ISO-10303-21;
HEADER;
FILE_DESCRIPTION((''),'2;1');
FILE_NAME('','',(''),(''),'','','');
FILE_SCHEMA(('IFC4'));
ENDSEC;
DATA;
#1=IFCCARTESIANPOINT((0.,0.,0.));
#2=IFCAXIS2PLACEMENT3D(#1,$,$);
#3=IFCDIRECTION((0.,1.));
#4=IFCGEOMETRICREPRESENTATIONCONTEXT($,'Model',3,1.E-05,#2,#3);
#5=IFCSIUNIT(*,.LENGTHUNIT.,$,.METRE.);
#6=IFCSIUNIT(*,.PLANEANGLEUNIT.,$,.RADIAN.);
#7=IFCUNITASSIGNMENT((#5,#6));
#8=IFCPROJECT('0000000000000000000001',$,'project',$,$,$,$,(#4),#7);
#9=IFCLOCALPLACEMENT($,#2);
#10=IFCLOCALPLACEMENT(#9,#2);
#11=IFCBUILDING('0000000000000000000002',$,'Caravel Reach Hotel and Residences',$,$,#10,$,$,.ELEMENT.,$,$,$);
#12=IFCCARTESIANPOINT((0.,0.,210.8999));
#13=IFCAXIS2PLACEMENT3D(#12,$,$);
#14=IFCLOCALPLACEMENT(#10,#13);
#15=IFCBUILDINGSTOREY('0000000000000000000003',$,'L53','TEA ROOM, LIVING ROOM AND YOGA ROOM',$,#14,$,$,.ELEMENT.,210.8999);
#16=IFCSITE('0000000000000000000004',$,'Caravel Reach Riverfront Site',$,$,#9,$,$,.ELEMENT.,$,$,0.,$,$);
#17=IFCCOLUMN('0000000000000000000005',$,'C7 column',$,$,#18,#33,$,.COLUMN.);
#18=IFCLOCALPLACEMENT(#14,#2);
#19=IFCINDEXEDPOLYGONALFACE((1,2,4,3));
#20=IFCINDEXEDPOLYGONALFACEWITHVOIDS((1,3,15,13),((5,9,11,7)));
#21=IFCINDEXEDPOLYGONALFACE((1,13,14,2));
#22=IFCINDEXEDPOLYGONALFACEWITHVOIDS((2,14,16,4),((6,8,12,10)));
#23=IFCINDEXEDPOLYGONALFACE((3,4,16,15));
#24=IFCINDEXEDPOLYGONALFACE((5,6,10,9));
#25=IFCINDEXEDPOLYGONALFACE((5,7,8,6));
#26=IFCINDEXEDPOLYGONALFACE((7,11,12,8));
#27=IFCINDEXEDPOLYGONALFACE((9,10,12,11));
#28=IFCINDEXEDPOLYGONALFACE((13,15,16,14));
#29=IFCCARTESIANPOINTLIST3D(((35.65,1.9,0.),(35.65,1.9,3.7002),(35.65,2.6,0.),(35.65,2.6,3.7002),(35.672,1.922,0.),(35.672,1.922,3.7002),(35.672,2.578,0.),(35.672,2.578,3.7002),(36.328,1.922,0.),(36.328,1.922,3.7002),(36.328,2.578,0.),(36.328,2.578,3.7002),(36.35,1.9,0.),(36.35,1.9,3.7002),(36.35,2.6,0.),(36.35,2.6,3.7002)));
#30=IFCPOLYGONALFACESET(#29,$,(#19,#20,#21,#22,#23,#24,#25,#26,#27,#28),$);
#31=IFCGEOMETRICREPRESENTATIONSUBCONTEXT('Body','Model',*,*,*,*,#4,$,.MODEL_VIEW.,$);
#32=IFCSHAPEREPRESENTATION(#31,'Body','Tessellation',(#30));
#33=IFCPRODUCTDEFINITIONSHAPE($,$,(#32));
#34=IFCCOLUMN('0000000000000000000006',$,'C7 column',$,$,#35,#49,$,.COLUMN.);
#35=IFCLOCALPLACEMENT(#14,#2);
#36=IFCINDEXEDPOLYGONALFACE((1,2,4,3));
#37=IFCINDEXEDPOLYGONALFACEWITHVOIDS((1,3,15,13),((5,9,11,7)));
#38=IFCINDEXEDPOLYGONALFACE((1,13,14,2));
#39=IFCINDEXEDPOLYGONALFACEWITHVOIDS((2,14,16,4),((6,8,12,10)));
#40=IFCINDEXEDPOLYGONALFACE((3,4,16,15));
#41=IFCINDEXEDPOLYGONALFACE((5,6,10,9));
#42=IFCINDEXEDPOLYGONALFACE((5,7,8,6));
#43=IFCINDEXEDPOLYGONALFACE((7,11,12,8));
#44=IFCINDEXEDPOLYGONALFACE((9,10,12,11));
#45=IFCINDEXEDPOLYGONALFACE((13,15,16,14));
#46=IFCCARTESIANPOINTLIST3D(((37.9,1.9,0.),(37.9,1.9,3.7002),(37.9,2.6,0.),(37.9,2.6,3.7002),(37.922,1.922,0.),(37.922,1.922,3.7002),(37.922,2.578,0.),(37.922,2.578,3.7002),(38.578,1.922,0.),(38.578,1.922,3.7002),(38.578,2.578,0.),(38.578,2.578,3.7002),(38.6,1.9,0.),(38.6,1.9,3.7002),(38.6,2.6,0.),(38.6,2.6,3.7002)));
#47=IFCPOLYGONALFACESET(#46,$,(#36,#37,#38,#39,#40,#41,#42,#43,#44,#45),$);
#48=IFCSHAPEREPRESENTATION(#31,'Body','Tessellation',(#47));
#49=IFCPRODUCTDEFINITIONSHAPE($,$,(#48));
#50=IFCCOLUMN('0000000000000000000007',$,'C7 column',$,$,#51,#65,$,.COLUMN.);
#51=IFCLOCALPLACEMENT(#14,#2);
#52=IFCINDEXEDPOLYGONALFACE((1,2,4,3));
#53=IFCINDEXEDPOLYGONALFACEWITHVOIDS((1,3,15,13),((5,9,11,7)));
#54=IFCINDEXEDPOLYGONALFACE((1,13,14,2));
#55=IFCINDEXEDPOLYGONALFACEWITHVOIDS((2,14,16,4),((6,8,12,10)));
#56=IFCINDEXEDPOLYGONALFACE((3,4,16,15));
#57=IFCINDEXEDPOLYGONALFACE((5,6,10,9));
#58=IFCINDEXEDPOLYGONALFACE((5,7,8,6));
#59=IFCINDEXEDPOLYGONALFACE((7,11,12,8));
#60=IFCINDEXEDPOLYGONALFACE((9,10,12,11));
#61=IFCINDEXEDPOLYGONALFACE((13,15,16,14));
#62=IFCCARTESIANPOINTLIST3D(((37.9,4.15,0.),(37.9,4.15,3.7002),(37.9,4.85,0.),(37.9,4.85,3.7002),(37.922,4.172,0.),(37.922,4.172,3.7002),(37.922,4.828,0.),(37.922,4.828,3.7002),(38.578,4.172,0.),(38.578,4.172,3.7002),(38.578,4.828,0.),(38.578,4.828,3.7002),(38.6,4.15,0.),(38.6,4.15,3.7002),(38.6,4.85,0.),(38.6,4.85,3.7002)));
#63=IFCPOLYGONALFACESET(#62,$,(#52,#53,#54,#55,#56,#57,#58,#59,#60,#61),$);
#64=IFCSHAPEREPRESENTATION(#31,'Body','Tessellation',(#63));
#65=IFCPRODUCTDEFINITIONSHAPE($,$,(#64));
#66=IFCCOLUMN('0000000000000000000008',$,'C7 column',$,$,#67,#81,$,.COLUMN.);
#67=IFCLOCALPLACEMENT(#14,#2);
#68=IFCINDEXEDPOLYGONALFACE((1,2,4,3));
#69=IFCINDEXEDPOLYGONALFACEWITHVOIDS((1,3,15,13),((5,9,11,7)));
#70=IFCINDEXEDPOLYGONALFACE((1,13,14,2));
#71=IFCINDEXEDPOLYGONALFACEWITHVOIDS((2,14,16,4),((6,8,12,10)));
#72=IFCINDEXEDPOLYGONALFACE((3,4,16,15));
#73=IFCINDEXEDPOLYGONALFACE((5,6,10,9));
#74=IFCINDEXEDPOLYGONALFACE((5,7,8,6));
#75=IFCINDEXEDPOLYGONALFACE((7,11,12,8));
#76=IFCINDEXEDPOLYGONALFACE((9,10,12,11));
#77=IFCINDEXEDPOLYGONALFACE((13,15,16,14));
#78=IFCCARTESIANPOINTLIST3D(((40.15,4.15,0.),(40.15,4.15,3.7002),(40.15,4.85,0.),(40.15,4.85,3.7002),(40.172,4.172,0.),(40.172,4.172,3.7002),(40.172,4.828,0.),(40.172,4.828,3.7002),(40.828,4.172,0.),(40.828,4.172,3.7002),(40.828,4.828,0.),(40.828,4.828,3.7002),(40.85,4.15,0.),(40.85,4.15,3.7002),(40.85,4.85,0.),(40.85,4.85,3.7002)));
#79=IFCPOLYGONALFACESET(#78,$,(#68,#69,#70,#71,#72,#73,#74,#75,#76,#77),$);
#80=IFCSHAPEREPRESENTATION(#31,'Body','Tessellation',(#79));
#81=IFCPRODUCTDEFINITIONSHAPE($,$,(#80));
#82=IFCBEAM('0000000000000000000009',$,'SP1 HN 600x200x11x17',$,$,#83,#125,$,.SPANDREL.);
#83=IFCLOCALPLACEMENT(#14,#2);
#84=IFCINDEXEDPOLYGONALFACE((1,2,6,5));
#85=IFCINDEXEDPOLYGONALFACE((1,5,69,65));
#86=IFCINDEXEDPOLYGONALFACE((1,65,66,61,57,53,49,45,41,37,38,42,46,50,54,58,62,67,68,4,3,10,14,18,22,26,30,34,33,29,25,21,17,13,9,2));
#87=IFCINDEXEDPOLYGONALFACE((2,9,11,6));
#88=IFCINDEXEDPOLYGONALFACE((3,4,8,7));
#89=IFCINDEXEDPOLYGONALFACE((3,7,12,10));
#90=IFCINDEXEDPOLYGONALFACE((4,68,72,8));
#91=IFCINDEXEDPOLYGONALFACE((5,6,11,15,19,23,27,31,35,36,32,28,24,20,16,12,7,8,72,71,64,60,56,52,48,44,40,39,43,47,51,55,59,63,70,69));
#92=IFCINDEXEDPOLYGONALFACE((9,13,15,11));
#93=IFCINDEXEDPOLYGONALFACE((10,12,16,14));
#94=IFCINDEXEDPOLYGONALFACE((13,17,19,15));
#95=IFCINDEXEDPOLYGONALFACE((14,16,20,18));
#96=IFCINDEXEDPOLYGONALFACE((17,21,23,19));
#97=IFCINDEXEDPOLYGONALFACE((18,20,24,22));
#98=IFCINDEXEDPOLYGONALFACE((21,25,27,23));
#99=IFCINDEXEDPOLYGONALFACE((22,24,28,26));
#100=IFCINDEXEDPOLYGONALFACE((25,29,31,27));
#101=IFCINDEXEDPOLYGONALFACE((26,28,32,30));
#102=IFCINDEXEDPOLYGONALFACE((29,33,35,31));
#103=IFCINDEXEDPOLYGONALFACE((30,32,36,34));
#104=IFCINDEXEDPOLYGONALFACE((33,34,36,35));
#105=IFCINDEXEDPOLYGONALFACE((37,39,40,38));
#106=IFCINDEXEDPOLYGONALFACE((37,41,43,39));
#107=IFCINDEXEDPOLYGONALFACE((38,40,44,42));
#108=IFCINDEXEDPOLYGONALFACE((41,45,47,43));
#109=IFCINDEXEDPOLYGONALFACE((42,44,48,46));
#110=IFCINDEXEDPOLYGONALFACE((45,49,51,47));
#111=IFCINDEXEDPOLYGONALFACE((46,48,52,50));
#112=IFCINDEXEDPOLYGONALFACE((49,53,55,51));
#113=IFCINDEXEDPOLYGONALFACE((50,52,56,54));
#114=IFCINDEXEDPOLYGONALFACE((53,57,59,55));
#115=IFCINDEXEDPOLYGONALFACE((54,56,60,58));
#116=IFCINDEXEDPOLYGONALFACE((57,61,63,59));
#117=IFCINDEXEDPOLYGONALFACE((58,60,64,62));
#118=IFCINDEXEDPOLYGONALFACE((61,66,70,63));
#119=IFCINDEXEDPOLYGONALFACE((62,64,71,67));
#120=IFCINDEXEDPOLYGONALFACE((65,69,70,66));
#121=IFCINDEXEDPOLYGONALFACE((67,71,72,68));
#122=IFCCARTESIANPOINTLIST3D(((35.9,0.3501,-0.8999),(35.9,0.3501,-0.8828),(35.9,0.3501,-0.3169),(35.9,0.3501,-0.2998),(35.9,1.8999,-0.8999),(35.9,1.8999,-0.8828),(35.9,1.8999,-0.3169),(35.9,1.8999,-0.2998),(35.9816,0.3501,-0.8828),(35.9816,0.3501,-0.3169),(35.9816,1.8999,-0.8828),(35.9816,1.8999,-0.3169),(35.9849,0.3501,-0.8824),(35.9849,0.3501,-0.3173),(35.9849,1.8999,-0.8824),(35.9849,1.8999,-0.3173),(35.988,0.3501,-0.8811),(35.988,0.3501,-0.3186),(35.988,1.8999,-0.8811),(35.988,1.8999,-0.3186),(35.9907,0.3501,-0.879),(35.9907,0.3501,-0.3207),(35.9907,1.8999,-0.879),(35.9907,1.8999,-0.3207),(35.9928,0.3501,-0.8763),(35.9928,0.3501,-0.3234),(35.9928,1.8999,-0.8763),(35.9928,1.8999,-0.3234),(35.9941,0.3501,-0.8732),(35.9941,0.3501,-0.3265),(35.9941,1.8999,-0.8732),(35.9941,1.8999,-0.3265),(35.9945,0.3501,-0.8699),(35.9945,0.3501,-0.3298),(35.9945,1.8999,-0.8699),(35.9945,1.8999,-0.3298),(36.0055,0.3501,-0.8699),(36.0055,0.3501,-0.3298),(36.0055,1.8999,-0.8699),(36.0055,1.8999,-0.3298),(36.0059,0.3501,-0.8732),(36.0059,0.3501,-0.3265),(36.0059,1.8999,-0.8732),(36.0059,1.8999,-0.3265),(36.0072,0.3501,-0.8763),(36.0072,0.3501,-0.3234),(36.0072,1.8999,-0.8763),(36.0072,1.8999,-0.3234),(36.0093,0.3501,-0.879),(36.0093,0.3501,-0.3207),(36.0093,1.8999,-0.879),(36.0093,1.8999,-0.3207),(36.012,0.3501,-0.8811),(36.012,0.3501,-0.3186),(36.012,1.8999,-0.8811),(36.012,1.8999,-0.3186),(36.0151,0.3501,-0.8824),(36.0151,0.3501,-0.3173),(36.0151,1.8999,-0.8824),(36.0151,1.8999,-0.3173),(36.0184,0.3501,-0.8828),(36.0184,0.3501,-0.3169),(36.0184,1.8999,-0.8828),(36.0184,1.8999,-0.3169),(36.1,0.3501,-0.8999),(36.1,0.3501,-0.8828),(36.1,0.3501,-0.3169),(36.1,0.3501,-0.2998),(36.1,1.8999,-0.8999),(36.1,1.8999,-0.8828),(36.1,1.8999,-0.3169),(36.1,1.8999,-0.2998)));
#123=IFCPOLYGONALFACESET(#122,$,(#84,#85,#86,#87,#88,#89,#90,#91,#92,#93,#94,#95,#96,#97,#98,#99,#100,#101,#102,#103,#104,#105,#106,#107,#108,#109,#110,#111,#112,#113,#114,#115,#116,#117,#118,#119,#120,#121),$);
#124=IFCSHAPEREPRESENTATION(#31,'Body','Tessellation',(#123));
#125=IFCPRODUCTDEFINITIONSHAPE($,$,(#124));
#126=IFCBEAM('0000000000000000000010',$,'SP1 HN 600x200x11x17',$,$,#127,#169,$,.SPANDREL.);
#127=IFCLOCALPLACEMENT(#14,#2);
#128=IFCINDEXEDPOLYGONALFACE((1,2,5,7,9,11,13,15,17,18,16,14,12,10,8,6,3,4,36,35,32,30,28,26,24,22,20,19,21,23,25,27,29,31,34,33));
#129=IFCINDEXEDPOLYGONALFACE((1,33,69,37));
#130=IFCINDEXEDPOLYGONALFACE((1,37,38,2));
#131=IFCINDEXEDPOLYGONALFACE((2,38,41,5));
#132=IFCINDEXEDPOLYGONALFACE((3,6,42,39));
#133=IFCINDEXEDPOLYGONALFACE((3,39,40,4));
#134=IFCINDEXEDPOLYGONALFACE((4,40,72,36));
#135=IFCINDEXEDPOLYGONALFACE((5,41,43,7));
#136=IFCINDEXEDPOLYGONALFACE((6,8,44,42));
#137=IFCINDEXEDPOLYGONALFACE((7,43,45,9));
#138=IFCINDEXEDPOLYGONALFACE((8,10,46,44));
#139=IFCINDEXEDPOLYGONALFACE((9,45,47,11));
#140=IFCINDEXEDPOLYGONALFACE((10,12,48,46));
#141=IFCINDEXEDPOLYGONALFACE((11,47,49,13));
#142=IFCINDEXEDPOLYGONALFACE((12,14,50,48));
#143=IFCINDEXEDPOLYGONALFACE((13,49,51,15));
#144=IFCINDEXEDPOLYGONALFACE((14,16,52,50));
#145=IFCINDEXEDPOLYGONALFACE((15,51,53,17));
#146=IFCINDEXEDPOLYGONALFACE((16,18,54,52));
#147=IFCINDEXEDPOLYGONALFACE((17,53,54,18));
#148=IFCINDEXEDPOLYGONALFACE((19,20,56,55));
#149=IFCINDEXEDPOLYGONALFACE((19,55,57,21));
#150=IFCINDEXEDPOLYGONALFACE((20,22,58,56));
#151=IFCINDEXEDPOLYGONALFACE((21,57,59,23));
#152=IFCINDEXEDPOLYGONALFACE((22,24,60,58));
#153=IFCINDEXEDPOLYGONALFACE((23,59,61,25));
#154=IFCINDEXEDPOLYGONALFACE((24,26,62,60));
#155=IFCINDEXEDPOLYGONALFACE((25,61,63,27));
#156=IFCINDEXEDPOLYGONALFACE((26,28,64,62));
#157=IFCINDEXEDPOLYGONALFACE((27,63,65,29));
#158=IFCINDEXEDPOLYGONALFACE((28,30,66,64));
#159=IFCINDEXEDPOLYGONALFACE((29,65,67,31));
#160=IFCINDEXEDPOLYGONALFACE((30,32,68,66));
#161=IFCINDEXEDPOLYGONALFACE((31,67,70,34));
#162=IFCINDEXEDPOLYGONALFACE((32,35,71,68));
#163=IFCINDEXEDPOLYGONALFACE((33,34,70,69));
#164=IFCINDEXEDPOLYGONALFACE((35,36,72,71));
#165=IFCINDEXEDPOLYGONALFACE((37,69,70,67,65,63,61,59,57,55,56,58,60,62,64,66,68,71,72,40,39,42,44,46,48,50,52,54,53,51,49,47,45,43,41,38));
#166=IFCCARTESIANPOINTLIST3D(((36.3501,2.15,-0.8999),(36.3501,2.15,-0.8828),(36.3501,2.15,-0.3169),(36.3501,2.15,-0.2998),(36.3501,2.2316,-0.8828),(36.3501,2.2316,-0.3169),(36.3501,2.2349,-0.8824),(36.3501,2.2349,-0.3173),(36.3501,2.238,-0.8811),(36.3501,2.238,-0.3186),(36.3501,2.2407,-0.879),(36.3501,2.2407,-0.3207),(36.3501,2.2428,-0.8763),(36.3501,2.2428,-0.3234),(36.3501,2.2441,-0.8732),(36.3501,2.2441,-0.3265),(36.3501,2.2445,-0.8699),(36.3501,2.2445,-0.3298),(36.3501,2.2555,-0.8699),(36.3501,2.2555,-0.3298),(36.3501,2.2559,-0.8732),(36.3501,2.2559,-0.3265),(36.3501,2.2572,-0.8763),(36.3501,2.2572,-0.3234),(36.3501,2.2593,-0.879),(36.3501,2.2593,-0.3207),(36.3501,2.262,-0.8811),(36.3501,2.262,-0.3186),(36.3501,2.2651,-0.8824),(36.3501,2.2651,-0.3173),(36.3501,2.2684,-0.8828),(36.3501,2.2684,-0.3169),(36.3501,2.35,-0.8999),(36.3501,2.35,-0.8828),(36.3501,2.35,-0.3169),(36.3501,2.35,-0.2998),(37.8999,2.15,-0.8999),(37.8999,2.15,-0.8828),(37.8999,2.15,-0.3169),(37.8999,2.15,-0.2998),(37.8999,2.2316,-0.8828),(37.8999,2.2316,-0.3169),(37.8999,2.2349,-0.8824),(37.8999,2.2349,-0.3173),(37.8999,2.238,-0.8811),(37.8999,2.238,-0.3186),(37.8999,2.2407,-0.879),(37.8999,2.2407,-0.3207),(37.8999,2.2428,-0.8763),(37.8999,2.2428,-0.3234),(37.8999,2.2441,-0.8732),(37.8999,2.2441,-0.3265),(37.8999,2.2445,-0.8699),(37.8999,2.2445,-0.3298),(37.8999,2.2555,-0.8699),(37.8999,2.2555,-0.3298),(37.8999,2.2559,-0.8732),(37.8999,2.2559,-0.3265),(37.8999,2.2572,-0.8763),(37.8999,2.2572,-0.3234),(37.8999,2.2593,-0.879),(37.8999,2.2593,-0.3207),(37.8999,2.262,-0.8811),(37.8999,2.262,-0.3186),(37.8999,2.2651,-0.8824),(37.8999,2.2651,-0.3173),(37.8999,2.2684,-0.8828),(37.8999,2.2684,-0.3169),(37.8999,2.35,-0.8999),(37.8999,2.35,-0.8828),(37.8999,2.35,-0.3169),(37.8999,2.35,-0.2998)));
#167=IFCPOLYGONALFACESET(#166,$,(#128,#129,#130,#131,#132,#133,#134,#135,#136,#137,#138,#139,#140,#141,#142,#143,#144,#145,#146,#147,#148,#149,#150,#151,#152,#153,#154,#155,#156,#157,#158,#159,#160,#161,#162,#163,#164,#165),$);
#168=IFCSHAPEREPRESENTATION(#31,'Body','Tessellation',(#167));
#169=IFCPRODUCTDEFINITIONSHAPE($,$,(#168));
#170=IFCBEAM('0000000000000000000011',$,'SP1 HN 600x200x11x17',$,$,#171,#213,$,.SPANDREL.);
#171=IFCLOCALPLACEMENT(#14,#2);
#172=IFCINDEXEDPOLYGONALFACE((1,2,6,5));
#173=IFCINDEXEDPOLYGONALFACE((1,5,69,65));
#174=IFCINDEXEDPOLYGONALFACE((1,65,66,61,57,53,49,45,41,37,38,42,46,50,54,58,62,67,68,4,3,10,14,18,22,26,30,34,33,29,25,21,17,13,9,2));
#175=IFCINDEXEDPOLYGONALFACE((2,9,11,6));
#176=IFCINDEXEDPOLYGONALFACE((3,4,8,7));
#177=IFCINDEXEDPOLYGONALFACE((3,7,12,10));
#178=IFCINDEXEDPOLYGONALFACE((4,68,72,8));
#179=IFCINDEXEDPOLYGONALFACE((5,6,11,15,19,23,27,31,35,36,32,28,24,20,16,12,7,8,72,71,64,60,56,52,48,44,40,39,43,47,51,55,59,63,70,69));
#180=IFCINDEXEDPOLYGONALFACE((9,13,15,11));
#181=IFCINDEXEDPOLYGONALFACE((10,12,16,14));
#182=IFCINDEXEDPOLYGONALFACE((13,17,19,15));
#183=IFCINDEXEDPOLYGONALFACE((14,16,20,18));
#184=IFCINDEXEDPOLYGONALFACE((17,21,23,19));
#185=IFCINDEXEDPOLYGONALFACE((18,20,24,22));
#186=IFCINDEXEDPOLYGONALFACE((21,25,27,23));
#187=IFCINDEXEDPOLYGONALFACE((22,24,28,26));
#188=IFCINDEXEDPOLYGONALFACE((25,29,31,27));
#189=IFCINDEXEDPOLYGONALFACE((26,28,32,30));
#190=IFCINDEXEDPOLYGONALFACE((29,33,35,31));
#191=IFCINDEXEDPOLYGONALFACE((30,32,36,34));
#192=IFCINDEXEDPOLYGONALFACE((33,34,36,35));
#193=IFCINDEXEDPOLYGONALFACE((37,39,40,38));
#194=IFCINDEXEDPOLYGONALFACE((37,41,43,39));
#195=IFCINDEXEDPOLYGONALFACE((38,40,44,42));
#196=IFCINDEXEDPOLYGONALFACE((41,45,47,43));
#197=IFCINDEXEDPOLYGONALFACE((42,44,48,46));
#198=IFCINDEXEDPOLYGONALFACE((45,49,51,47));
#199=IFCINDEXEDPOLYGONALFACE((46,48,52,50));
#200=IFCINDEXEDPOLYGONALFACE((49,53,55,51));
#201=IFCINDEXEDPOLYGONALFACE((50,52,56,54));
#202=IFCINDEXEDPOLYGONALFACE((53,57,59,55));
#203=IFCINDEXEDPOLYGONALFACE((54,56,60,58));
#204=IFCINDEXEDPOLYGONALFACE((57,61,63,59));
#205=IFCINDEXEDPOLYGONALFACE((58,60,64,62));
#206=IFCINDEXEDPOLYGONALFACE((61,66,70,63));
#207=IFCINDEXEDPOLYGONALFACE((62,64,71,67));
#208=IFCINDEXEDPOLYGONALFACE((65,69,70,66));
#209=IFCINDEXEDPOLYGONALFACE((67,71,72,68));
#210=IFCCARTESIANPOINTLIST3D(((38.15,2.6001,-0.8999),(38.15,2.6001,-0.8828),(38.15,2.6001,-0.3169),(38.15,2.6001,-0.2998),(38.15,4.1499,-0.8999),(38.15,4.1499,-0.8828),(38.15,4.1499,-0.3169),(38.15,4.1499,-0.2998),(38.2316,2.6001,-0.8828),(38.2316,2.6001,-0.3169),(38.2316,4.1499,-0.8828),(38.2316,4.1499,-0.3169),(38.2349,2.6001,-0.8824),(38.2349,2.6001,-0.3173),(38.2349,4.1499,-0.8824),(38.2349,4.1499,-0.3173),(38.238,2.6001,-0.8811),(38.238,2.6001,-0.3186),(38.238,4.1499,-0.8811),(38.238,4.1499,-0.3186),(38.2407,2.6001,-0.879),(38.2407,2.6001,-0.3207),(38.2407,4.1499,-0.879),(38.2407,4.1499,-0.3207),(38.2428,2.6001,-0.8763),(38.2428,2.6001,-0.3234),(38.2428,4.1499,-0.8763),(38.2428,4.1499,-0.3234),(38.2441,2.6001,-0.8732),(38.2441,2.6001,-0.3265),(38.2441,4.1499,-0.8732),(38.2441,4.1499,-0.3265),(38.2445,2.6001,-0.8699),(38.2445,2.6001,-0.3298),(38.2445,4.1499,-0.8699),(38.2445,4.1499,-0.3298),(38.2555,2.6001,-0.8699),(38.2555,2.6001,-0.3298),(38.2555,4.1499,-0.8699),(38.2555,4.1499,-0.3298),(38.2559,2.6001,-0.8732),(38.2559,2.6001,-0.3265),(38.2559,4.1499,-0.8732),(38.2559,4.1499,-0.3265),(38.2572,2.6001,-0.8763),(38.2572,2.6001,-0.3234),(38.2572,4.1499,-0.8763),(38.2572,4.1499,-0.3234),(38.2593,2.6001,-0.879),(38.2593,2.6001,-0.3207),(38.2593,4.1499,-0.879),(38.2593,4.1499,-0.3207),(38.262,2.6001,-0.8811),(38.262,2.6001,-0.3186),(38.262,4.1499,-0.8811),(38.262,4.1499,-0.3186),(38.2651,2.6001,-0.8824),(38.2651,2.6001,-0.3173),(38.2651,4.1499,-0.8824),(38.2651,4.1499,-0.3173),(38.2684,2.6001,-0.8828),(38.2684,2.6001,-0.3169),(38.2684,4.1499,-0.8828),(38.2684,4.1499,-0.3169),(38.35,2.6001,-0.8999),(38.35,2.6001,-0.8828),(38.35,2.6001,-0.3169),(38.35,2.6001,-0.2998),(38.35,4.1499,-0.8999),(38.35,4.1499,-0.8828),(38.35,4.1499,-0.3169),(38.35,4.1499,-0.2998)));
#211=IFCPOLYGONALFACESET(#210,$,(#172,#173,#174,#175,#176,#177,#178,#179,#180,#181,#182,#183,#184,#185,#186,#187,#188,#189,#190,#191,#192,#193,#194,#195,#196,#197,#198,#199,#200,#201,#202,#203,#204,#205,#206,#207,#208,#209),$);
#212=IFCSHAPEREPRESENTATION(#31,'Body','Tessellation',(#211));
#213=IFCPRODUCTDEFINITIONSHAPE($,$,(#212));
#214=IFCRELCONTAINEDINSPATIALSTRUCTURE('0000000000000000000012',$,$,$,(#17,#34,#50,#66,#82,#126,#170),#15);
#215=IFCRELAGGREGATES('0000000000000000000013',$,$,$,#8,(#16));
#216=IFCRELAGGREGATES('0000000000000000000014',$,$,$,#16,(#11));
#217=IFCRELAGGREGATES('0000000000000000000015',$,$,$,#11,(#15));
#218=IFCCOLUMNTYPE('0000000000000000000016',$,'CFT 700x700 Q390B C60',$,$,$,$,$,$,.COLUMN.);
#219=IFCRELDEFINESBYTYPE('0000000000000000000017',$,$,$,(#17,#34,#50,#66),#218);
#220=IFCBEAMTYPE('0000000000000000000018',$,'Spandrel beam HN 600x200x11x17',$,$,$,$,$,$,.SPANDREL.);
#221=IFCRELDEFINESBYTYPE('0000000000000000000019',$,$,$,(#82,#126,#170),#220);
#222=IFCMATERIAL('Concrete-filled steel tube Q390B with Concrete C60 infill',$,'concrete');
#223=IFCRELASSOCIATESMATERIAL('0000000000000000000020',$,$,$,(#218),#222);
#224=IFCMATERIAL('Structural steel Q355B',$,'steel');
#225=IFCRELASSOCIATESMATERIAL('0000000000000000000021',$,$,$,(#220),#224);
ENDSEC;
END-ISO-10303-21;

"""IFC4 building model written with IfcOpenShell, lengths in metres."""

from ifc_helpers import new_model, si_unit, direction, frame, origin, origin_2d, place, context, subcontext, project, spatial, hollow_rectangle, i_section, extrude, material, material_profile, profile_set, type_object, element, save


model = new_model("IFC4")

# Units and contexts
model_context = context("Model", 3, precision=1e-05, world=origin(), true_north=direction((0.0, 1.0)))
body_context = subcontext(model_context, "Body", "Model", "MODEL_VIEW")
ifc_project = project(units=[si_unit("LENGTHUNIT", "METRE"), si_unit("PLANEANGLEUNIT", "RADIAN")], contexts=[model_context])

# Site, building, storey
site_placement = place(None, origin())
site = spatial("IfcSite", under=ifc_project, at=site_placement, Name="Caravel Reach Riverfront Site", CompositionType="ELEMENT", RefElevation=0.0)
building_placement = place(site_placement, origin())
building = spatial("IfcBuilding", under=site, at=building_placement, Name="Caravel Reach Hotel and Residences", CompositionType="ELEMENT")
storey_placement = place(building_placement, frame((0.0, 0.0, 210.8999)))
storey = spatial("IfcBuildingStorey", under=building, at=storey_placement, Name="L53", Description="TEA ROOM, LIVING ROOM AND YOGA ROOM", CompositionType="ELEMENT", Elevation=210.8999)

# Columns
ifc_material_1 = material(Name="Concrete-filled steel tube Q390B with Concrete C60 infill", Category="concrete")
ifc_material_profile_1 = material_profile(ifc_material_1, hollow_rectangle(XDim=0.7, YDim=0.7, WallThickness=0.022, at=origin_2d()), Name="RHS 700x700x22")
ifc_profile_set_1 = profile_set([ifc_material_profile_1], Name="Concrete-filled steel tube Q390B with Concrete C60 infill")
column_type = type_object("IfcColumnType", Name="CFT 700x700 Q390B C60", PredefinedType="COLUMN", material=ifc_profile_set_1)
for number, where, z_axis, x_axis, name in (
    (1, (36.0, 2.25, 0.0), (0.0, 0.0, 1.0), (1.0, 0.0, 0.0), "C7 column"),
    (2, (38.25, 2.25, 0.0), (0.0, 0.0, 1.0), (1.0, 0.0, 0.0), "C7 column"),
    (3, (38.25, 4.5, 0.0), (0.0, 0.0, 1.0), (1.0, 0.0, 0.0), "C7 column"),
    (4, (40.5, 4.5, 0.0), (0.0, 0.0, 1.0), (1.0, 0.0, 0.0), "C7 column"),
):
    element("IfcColumn", number, at=place(storey_placement, frame(where, z_axis=z_axis, x_axis=x_axis)), inside=storey, type_object=column_type, Name=name, PredefinedType="COLUMN", context=body_context, shape_type="SweptSolid", body=[
        extrude(hollow_rectangle(XDim=0.7, YDim=0.7, WallThickness=0.022, at=origin_2d()), origin(), (0.0, 0.0, 1.0), 3.7002),
    ])

# Beams
ifc_material_2 = material(Name="Structural steel Q355B", Category="steel")
ifc_material_profile_2 = material_profile(ifc_material_2, i_section(OverallWidth=0.2, OverallDepth=0.6001, WebThickness=0.011, FlangeThickness=0.0171, FilletRadius=0.0129, at=origin_2d()), Name="HN 600x200x11x17")
ifc_profile_set_2 = profile_set([ifc_material_profile_2], Name="Structural steel Q355B")
beam_type = type_object("IfcBeamType", Name="Spandrel beam HN 600x200x11x17", PredefinedType="SPANDREL", material=ifc_profile_set_2)
for number, where, z_axis, x_axis, name in (
    (5, (36.0, 0.3501, -0.5999), (0.0, 1.0, 0.0), (-1.0, 0.0, 0.0), "SP1 HN 600x200x11x17"),
    (6, (36.3501, 2.25, -0.5999), (1.0, 0.0, 0.0), (0.0, 1.0, 0.0), "SP1 HN 600x200x11x17"),
    (7, (38.25, 2.6001, -0.5999), (0.0, 1.0, 0.0), (-1.0, 0.0, 0.0), "SP1 HN 600x200x11x17"),
):
    element("IfcBeam", number, at=place(storey_placement, frame(where, z_axis=z_axis, x_axis=x_axis)), inside=storey, type_object=beam_type, Name=name, PredefinedType="SPANDREL", context=body_context, shape_type="SweptSolid", body=[
        extrude(i_section(OverallWidth=0.2, OverallDepth=0.6001, WebThickness=0.011, FlangeThickness=0.0171, FilletRadius=0.0129, at=origin_2d()), origin(), (0.0, 0.0, 1.0), 1.5498),
    ])

save(model, "model.ifc")
